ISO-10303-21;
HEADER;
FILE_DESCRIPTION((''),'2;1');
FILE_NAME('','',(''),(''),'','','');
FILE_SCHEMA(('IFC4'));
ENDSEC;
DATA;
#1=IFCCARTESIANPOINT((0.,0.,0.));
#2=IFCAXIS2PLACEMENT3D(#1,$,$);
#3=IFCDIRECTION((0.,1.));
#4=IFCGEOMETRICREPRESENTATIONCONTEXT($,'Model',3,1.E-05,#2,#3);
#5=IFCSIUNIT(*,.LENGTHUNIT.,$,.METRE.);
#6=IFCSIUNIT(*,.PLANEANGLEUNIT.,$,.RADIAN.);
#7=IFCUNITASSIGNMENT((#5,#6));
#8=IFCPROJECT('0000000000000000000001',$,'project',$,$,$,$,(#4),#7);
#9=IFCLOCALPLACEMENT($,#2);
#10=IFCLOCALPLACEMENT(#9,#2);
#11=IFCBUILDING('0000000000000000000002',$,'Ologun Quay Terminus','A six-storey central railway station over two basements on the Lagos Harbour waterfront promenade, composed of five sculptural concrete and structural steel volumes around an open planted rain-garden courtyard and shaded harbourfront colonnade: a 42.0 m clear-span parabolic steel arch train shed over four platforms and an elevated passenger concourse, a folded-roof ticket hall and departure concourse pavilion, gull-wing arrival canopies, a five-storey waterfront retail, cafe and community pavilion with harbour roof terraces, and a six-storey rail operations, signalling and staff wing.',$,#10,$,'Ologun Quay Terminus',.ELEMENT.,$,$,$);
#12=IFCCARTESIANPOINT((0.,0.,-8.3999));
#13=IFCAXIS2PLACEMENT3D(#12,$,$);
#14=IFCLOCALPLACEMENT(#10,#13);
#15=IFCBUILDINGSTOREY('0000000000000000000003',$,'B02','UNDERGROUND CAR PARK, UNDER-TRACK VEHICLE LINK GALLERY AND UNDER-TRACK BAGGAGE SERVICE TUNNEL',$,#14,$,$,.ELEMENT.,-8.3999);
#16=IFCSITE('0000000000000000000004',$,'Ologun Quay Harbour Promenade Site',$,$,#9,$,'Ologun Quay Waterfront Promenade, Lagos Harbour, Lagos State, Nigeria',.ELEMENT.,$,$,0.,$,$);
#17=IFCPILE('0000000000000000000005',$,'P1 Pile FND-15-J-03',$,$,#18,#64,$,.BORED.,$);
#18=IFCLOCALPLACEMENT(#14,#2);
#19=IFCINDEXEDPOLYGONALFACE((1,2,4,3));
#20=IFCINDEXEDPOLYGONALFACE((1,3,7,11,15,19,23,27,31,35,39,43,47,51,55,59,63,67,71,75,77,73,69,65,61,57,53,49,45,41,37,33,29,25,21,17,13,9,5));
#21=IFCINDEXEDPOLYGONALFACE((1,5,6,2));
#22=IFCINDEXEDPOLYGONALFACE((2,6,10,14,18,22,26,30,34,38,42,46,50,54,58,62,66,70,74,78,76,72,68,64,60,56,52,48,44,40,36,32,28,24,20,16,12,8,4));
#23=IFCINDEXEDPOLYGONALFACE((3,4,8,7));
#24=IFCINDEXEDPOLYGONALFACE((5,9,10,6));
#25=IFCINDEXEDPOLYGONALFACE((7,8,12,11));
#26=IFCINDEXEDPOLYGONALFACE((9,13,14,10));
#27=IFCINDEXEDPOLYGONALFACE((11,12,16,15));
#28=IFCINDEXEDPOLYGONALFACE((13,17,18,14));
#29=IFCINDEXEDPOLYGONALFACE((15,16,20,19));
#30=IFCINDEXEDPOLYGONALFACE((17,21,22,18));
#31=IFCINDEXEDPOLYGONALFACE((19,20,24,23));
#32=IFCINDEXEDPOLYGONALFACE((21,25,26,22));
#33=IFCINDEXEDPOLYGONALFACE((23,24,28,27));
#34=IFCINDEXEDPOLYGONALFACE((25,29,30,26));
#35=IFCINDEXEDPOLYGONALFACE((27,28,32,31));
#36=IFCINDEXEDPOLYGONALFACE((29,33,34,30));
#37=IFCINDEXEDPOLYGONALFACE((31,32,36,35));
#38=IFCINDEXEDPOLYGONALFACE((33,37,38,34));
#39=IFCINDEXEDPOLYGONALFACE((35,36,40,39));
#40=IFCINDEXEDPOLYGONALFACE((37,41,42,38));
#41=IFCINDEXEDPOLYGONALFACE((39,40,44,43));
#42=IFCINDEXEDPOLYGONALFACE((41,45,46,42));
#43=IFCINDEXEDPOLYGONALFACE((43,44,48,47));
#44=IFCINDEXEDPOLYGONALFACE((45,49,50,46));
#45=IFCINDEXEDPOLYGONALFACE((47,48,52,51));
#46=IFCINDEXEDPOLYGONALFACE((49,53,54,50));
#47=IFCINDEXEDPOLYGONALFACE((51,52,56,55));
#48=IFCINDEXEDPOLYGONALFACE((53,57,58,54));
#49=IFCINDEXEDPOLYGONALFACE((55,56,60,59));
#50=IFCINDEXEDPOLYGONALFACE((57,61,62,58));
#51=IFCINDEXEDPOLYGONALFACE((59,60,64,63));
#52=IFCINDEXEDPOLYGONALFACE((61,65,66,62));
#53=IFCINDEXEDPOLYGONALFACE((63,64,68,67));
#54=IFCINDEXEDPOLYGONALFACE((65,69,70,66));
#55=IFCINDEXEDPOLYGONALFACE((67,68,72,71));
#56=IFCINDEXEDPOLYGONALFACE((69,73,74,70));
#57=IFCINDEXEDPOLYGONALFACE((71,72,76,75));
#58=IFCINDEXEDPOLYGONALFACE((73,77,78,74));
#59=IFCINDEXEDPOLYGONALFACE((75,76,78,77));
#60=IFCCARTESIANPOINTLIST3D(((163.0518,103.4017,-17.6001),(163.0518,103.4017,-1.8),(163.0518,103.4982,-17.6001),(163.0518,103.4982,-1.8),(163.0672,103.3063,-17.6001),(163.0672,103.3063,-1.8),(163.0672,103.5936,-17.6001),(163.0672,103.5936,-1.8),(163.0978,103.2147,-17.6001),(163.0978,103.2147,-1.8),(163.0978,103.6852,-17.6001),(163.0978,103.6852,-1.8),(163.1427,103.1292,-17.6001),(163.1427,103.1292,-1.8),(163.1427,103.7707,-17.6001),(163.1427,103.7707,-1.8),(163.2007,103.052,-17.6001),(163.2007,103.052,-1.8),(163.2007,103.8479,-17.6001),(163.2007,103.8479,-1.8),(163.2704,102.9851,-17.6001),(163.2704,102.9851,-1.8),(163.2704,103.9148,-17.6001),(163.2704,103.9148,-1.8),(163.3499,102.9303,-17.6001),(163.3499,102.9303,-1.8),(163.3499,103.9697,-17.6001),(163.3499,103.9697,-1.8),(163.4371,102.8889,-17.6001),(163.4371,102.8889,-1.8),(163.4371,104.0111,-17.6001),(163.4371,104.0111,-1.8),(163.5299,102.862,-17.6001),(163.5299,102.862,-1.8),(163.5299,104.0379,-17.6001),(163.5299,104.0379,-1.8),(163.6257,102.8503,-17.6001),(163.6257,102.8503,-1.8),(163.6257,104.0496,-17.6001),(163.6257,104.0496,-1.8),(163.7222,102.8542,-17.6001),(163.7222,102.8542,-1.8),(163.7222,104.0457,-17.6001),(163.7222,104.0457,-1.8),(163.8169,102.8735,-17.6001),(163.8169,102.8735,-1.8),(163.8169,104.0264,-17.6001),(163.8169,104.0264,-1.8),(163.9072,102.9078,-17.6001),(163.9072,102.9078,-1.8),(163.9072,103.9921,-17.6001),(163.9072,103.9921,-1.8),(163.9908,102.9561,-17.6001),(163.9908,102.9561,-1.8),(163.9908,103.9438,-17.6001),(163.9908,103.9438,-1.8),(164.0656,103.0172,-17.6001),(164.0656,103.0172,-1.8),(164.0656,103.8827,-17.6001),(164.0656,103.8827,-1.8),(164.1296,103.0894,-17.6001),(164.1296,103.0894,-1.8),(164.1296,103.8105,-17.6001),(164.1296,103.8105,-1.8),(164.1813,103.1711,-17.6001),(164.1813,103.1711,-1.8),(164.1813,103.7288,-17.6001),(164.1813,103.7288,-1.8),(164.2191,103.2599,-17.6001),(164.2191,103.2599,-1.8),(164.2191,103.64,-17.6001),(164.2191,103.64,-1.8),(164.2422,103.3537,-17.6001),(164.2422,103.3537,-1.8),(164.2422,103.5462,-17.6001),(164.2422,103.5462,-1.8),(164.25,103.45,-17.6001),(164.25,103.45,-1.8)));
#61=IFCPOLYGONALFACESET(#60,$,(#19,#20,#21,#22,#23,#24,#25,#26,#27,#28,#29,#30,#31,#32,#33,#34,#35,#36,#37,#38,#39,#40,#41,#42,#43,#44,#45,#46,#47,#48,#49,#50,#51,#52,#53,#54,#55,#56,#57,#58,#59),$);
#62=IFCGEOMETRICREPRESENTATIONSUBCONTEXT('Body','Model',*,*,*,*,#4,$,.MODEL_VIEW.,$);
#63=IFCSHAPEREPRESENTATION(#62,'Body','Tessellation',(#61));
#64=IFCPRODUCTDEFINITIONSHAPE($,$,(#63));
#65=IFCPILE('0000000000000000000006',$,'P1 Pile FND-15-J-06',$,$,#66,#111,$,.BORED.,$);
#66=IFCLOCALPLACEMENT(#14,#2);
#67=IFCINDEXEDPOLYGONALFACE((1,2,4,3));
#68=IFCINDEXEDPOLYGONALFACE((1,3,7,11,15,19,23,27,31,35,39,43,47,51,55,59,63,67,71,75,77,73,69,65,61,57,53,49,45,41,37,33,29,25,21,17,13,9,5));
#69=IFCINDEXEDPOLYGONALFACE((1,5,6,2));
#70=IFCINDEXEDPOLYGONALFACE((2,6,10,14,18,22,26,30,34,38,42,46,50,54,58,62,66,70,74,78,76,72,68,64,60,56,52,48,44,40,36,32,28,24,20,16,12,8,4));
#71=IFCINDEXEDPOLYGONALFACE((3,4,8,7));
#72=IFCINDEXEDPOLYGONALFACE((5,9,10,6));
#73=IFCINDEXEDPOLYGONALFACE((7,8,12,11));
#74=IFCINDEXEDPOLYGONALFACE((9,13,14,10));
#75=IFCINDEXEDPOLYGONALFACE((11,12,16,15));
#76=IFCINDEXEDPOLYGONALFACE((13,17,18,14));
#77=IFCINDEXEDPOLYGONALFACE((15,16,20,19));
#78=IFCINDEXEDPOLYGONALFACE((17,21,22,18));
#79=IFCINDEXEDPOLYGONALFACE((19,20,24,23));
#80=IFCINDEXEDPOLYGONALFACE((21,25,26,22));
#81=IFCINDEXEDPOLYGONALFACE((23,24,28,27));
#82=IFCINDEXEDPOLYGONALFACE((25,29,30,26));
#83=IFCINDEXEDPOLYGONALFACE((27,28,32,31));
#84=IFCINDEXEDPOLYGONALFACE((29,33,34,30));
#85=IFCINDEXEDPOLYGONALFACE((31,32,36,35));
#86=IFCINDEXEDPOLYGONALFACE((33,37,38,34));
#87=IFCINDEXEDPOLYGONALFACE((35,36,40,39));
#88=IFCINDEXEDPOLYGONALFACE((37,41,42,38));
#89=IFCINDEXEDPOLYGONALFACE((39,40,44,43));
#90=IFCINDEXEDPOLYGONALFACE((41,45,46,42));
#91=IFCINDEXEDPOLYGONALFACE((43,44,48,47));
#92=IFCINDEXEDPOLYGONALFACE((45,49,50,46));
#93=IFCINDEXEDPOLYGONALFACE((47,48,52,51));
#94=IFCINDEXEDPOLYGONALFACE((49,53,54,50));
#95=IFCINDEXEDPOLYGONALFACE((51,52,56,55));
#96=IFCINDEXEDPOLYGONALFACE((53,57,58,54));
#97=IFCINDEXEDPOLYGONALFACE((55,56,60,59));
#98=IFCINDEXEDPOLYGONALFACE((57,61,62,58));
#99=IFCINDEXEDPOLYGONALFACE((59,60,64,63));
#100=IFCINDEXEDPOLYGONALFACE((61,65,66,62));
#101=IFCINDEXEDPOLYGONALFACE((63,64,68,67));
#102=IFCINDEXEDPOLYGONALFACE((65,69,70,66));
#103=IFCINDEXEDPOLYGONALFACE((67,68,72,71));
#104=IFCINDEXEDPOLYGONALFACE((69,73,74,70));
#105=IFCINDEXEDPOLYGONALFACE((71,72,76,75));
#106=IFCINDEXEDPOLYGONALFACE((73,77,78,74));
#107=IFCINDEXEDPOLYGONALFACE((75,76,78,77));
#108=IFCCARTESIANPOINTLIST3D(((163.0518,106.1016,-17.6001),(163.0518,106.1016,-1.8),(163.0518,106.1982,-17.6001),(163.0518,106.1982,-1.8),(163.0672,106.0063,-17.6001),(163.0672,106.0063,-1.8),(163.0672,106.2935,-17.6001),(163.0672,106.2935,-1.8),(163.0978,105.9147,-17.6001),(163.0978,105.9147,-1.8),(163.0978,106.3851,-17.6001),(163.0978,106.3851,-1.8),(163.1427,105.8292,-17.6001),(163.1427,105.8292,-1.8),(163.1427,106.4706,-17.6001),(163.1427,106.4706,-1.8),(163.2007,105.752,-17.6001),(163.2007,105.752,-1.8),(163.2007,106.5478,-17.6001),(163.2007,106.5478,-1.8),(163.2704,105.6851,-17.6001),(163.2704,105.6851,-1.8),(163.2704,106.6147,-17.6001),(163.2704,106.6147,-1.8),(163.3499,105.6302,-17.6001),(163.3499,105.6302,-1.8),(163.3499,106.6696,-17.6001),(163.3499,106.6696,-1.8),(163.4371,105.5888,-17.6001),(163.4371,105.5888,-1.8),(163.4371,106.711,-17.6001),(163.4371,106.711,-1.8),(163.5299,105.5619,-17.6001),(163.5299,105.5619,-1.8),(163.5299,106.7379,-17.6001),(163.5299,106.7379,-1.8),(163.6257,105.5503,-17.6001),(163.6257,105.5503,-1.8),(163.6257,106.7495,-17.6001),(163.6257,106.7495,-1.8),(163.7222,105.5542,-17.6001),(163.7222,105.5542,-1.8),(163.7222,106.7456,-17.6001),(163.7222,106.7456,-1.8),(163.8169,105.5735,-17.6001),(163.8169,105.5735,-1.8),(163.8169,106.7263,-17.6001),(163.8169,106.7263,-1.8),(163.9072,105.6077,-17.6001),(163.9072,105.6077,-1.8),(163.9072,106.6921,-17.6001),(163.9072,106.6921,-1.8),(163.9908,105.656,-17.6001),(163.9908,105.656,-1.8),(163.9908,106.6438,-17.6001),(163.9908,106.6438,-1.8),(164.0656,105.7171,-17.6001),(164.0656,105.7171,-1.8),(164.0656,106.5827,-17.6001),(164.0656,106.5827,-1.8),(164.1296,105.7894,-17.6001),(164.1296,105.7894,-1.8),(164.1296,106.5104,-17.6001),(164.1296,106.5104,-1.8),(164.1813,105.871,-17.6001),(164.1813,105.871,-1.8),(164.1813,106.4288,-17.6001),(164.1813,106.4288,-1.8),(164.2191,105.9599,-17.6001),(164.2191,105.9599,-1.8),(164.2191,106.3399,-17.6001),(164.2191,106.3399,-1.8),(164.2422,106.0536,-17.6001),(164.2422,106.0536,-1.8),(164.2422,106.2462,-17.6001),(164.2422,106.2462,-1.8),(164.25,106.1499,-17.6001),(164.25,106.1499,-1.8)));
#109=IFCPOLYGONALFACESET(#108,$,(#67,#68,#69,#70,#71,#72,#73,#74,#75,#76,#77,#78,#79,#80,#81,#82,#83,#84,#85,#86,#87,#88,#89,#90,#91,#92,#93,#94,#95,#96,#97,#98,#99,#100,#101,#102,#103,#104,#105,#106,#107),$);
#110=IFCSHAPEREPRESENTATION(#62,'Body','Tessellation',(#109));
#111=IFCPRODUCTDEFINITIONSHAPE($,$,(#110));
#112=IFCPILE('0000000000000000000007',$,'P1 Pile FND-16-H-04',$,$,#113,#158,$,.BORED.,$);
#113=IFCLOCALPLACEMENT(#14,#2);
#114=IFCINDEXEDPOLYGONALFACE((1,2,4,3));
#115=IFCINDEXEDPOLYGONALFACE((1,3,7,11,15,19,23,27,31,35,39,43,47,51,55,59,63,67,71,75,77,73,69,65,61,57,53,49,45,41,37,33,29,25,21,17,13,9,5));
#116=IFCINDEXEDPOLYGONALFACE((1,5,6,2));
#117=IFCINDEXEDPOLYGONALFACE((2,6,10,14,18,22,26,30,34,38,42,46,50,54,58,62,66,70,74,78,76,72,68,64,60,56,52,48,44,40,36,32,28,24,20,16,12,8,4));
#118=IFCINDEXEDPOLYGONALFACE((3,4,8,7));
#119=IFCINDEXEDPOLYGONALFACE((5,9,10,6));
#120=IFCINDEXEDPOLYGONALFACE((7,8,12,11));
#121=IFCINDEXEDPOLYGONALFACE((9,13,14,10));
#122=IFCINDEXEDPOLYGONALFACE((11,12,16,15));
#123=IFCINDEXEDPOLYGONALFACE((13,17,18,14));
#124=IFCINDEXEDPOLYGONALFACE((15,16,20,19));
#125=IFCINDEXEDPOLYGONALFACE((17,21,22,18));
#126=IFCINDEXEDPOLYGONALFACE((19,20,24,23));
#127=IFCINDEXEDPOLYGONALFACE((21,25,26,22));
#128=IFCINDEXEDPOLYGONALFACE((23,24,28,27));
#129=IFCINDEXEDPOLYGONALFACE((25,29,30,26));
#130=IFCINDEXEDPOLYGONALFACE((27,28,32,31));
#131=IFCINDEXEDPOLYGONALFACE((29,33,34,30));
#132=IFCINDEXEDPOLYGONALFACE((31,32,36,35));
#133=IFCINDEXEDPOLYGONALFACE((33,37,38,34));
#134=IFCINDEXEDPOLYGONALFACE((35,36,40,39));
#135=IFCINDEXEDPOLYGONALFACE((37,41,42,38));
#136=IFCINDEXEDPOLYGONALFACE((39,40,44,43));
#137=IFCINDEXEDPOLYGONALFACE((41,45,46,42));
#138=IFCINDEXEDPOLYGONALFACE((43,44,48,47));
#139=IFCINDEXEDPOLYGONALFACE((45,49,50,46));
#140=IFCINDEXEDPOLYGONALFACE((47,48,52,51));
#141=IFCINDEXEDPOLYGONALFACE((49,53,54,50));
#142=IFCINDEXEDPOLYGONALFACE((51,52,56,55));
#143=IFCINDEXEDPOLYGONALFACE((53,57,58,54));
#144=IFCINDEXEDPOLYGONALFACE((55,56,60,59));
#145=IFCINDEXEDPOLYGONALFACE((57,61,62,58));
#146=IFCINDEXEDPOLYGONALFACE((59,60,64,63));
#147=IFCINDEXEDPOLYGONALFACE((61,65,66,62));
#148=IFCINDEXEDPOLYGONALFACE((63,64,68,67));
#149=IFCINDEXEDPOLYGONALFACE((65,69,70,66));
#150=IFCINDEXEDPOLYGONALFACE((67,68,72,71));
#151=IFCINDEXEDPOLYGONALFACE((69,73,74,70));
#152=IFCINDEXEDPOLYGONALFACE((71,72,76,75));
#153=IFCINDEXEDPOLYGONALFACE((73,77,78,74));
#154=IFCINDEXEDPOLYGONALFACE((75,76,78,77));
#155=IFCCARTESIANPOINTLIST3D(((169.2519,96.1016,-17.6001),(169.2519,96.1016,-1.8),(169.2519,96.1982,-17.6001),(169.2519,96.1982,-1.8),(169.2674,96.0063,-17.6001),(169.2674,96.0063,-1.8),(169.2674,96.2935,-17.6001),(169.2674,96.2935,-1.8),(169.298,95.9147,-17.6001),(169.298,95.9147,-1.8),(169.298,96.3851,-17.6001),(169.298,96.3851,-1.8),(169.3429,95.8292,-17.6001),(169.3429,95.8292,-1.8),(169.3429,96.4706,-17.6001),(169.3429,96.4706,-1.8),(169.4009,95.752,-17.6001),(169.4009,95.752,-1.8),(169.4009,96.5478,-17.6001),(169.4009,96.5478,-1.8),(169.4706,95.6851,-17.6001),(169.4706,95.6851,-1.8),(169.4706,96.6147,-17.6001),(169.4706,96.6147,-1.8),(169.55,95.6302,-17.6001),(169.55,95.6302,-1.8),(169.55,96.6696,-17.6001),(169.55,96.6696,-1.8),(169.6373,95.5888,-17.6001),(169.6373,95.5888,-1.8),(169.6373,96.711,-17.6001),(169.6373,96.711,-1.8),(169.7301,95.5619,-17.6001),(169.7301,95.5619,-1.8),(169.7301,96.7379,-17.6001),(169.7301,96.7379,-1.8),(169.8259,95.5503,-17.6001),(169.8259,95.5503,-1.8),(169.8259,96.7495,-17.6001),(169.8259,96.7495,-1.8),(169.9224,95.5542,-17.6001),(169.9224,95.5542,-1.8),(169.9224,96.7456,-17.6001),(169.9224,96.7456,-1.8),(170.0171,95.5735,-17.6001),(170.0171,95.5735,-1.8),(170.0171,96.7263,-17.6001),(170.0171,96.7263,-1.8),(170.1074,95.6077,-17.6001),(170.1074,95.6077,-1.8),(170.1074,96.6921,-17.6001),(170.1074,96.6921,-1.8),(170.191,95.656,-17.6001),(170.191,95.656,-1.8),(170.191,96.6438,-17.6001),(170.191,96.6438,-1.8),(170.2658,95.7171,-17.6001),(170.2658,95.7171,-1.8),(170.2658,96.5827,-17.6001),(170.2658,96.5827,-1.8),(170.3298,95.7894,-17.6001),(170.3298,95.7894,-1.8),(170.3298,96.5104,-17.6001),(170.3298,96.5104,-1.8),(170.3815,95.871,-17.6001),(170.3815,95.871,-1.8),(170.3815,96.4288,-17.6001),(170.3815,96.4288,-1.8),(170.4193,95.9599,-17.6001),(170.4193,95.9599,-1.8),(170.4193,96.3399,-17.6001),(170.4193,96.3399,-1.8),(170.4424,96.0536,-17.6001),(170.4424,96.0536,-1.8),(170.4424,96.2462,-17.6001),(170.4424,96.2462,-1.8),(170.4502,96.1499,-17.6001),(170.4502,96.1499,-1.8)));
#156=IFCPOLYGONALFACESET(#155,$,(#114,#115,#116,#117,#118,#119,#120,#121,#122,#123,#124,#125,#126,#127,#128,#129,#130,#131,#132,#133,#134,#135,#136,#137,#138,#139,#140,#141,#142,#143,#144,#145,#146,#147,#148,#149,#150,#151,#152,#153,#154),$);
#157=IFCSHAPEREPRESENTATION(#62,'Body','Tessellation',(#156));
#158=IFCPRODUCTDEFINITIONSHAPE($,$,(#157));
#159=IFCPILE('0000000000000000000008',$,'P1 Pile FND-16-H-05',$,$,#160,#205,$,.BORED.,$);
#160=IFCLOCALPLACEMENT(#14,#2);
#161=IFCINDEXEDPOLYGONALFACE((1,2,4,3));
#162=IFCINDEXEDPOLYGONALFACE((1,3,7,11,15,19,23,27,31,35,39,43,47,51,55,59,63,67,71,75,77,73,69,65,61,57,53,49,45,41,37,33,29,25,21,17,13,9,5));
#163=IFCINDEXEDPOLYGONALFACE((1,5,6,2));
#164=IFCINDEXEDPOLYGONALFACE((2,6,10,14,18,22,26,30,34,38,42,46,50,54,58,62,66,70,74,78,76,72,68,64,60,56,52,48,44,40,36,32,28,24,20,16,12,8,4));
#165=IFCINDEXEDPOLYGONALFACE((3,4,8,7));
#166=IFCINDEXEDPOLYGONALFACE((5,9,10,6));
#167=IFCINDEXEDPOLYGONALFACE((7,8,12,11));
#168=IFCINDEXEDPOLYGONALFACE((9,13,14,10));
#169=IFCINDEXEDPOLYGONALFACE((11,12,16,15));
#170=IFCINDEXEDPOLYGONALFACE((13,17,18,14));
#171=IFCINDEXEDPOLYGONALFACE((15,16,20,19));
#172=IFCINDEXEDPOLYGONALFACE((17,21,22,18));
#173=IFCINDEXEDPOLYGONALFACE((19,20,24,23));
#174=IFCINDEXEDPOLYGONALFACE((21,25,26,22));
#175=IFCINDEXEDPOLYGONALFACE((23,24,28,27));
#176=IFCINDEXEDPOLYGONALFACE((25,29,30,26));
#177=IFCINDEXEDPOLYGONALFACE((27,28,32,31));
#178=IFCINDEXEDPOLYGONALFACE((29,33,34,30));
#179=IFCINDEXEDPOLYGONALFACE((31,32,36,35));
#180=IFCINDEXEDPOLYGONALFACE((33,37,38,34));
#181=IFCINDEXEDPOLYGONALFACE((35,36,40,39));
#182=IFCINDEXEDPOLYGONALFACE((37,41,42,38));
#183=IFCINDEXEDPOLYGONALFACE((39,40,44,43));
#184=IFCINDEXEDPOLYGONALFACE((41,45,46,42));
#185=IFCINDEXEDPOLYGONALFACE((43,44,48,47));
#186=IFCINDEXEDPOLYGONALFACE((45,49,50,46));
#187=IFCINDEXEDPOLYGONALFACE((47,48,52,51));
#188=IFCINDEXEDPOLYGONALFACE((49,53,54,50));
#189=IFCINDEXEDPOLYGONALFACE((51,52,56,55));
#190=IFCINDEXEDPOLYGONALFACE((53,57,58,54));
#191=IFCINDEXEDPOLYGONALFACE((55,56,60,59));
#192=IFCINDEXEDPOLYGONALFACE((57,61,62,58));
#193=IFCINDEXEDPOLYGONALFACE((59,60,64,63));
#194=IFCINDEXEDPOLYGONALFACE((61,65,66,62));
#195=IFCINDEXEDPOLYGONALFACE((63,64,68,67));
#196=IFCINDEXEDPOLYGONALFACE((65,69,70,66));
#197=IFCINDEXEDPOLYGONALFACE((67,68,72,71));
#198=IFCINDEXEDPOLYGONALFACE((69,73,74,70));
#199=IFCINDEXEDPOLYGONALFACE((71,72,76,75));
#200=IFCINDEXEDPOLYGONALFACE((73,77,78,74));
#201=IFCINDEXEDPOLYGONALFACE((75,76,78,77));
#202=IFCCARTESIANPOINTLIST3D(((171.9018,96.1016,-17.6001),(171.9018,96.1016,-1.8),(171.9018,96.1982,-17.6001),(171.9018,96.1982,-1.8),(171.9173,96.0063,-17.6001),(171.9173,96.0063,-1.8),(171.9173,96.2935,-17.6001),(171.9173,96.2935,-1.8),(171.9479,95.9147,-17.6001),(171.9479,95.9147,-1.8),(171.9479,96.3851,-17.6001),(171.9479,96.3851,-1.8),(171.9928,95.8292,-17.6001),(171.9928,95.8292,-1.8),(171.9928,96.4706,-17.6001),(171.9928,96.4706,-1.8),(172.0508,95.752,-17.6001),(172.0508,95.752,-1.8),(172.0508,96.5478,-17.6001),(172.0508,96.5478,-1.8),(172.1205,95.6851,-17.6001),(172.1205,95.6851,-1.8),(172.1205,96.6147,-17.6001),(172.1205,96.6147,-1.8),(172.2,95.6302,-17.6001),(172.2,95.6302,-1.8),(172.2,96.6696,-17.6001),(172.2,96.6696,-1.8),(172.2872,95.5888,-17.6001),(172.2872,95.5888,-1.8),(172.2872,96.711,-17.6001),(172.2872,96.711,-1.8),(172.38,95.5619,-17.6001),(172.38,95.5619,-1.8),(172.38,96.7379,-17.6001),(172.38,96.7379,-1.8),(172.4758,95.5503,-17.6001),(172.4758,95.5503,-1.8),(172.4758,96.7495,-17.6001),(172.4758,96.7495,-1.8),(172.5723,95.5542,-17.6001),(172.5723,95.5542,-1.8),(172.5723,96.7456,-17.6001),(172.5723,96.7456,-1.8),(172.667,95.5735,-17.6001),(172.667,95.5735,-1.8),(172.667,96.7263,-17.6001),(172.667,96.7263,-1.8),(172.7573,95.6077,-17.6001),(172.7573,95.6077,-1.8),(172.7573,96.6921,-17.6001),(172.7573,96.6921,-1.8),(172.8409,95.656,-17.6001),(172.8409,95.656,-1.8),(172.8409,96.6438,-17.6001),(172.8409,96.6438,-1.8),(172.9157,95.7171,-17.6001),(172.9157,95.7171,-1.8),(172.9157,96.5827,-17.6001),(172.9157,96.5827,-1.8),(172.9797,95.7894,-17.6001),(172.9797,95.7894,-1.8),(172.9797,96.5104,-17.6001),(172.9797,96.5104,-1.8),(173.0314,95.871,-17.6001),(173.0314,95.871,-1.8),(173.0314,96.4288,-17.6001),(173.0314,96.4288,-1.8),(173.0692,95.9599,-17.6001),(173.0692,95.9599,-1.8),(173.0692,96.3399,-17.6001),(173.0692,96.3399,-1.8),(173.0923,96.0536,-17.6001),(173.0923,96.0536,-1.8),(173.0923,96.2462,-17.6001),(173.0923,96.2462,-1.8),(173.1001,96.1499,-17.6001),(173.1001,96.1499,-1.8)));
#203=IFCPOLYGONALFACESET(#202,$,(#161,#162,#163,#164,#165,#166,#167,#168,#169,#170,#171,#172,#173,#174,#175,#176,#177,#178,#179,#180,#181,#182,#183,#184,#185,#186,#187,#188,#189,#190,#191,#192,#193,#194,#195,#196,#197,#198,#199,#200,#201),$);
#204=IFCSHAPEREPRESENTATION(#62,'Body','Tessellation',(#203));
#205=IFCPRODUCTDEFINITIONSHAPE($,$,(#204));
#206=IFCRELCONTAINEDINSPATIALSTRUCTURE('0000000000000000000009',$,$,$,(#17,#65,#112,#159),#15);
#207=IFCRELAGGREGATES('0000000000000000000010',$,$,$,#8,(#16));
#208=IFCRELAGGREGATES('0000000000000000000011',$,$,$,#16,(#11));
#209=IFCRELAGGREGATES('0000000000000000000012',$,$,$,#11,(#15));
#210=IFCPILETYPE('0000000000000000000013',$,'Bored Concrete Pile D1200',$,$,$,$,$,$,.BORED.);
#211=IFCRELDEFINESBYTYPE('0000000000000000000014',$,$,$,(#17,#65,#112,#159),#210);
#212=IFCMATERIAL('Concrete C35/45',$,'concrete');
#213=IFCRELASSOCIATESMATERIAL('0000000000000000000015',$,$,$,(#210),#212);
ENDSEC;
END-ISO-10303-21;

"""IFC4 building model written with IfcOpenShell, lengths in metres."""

from ifc_helpers import new_model, si_unit, direction, frame, origin, origin_2d, place, context, subcontext, project, spatial, circle, extrude, material, material_profile, profile_set, type_object, element, save


model = new_model("IFC4")

# Units and contexts
model_context = context("Model", 3, precision=1e-05, world=origin(), true_north=direction((0.0, 1.0)))
body_context = subcontext(model_context, "Body", "Model", "MODEL_VIEW")
ifc_project = project(units=[si_unit("LENGTHUNIT", "METRE"), si_unit("PLANEANGLEUNIT", "RADIAN")], contexts=[model_context])

# Site, building, storey
site_placement = place(None, origin())
site = spatial("IfcSite", under=ifc_project, at=site_placement, Name="Ologun Quay Harbour Promenade Site", LongName="Ologun Quay Waterfront Promenade, Lagos Harbour, Lagos State, Nigeria", CompositionType="ELEMENT", RefElevation=0.0)
building_placement = place(site_placement, origin())
building = spatial("IfcBuilding", under=site, at=building_placement, Name="Ologun Quay Terminus", Description="A six-storey central railway station over two basements on the Lagos Harbour waterfront promenade, composed of five sculptural concrete and structural steel volumes around an open planted rain-garden courtyard and shaded harbourfront colonnade: a 42.0 m clear-span parabolic steel arch train shed over four platforms and an elevated passenger concourse, a folded-roof ticket hall and departure concourse pavilion, gull-wing arrival canopies, a five-storey waterfront retail, cafe and community pavilion with harbour roof terraces, and a six-storey rail operations, signalling and staff wing.", LongName="Ologun Quay Terminus", CompositionType="ELEMENT")
storey_placement = place(building_placement, frame((0.0, 0.0, -8.3999)))
storey = spatial("IfcBuildingStorey", under=building, at=storey_placement, Name="B02", Description="UNDERGROUND CAR PARK, UNDER-TRACK VEHICLE LINK GALLERY AND UNDER-TRACK BAGGAGE SERVICE TUNNEL", CompositionType="ELEMENT", Elevation=-8.3999)

# Piles
ifc_material_1 = material(Name="Concrete C35/45", Category="concrete")
ifc_material_profile_1 = material_profile(ifc_material_1, circle(Radius=0.6001, at=origin_2d()), Name="PILE D1200")
ifc_profile_set_1 = profile_set([ifc_material_profile_1], Name="Concrete C35/45")
pile_type = type_object("IfcPileType", Name="Bored Concrete Pile D1200", PredefinedType="BORED", material=ifc_profile_set_1)
for number, where, z_axis, x_axis, name in (
    (1, (163.6499, 103.45, -1.8), (0.0, 0.0, -1.0), (1.0, 0.0, 0.0), "P1 Pile FND-15-J-03"),
    (2, (163.6499, 106.1499, -1.8), (0.0, 0.0, -1.0), (1.0, 0.0, 0.0), "P1 Pile FND-15-J-06"),
    (3, (169.8501, 96.1499, -1.8), (0.0, 0.0, -1.0), (1.0, 0.0, 0.0), "P1 Pile FND-16-H-04"),
    (4, (172.5, 96.1499, -1.8), (0.0, 0.0, -1.0), (1.0, 0.0, 0.0), "P1 Pile FND-16-H-05"),
):
    element("IfcPile", number, at=place(storey_placement, frame(where, z_axis=z_axis, x_axis=x_axis)), inside=storey, type_object=pile_type, Name=name, PredefinedType="BORED", context=body_context, shape_type="SweptSolid", body=[
        extrude(circle(Radius=0.6001, at=origin_2d()), origin(), (0.0, 0.0, 1.0), 15.8),
    ])

save(model, "model.ifc")
